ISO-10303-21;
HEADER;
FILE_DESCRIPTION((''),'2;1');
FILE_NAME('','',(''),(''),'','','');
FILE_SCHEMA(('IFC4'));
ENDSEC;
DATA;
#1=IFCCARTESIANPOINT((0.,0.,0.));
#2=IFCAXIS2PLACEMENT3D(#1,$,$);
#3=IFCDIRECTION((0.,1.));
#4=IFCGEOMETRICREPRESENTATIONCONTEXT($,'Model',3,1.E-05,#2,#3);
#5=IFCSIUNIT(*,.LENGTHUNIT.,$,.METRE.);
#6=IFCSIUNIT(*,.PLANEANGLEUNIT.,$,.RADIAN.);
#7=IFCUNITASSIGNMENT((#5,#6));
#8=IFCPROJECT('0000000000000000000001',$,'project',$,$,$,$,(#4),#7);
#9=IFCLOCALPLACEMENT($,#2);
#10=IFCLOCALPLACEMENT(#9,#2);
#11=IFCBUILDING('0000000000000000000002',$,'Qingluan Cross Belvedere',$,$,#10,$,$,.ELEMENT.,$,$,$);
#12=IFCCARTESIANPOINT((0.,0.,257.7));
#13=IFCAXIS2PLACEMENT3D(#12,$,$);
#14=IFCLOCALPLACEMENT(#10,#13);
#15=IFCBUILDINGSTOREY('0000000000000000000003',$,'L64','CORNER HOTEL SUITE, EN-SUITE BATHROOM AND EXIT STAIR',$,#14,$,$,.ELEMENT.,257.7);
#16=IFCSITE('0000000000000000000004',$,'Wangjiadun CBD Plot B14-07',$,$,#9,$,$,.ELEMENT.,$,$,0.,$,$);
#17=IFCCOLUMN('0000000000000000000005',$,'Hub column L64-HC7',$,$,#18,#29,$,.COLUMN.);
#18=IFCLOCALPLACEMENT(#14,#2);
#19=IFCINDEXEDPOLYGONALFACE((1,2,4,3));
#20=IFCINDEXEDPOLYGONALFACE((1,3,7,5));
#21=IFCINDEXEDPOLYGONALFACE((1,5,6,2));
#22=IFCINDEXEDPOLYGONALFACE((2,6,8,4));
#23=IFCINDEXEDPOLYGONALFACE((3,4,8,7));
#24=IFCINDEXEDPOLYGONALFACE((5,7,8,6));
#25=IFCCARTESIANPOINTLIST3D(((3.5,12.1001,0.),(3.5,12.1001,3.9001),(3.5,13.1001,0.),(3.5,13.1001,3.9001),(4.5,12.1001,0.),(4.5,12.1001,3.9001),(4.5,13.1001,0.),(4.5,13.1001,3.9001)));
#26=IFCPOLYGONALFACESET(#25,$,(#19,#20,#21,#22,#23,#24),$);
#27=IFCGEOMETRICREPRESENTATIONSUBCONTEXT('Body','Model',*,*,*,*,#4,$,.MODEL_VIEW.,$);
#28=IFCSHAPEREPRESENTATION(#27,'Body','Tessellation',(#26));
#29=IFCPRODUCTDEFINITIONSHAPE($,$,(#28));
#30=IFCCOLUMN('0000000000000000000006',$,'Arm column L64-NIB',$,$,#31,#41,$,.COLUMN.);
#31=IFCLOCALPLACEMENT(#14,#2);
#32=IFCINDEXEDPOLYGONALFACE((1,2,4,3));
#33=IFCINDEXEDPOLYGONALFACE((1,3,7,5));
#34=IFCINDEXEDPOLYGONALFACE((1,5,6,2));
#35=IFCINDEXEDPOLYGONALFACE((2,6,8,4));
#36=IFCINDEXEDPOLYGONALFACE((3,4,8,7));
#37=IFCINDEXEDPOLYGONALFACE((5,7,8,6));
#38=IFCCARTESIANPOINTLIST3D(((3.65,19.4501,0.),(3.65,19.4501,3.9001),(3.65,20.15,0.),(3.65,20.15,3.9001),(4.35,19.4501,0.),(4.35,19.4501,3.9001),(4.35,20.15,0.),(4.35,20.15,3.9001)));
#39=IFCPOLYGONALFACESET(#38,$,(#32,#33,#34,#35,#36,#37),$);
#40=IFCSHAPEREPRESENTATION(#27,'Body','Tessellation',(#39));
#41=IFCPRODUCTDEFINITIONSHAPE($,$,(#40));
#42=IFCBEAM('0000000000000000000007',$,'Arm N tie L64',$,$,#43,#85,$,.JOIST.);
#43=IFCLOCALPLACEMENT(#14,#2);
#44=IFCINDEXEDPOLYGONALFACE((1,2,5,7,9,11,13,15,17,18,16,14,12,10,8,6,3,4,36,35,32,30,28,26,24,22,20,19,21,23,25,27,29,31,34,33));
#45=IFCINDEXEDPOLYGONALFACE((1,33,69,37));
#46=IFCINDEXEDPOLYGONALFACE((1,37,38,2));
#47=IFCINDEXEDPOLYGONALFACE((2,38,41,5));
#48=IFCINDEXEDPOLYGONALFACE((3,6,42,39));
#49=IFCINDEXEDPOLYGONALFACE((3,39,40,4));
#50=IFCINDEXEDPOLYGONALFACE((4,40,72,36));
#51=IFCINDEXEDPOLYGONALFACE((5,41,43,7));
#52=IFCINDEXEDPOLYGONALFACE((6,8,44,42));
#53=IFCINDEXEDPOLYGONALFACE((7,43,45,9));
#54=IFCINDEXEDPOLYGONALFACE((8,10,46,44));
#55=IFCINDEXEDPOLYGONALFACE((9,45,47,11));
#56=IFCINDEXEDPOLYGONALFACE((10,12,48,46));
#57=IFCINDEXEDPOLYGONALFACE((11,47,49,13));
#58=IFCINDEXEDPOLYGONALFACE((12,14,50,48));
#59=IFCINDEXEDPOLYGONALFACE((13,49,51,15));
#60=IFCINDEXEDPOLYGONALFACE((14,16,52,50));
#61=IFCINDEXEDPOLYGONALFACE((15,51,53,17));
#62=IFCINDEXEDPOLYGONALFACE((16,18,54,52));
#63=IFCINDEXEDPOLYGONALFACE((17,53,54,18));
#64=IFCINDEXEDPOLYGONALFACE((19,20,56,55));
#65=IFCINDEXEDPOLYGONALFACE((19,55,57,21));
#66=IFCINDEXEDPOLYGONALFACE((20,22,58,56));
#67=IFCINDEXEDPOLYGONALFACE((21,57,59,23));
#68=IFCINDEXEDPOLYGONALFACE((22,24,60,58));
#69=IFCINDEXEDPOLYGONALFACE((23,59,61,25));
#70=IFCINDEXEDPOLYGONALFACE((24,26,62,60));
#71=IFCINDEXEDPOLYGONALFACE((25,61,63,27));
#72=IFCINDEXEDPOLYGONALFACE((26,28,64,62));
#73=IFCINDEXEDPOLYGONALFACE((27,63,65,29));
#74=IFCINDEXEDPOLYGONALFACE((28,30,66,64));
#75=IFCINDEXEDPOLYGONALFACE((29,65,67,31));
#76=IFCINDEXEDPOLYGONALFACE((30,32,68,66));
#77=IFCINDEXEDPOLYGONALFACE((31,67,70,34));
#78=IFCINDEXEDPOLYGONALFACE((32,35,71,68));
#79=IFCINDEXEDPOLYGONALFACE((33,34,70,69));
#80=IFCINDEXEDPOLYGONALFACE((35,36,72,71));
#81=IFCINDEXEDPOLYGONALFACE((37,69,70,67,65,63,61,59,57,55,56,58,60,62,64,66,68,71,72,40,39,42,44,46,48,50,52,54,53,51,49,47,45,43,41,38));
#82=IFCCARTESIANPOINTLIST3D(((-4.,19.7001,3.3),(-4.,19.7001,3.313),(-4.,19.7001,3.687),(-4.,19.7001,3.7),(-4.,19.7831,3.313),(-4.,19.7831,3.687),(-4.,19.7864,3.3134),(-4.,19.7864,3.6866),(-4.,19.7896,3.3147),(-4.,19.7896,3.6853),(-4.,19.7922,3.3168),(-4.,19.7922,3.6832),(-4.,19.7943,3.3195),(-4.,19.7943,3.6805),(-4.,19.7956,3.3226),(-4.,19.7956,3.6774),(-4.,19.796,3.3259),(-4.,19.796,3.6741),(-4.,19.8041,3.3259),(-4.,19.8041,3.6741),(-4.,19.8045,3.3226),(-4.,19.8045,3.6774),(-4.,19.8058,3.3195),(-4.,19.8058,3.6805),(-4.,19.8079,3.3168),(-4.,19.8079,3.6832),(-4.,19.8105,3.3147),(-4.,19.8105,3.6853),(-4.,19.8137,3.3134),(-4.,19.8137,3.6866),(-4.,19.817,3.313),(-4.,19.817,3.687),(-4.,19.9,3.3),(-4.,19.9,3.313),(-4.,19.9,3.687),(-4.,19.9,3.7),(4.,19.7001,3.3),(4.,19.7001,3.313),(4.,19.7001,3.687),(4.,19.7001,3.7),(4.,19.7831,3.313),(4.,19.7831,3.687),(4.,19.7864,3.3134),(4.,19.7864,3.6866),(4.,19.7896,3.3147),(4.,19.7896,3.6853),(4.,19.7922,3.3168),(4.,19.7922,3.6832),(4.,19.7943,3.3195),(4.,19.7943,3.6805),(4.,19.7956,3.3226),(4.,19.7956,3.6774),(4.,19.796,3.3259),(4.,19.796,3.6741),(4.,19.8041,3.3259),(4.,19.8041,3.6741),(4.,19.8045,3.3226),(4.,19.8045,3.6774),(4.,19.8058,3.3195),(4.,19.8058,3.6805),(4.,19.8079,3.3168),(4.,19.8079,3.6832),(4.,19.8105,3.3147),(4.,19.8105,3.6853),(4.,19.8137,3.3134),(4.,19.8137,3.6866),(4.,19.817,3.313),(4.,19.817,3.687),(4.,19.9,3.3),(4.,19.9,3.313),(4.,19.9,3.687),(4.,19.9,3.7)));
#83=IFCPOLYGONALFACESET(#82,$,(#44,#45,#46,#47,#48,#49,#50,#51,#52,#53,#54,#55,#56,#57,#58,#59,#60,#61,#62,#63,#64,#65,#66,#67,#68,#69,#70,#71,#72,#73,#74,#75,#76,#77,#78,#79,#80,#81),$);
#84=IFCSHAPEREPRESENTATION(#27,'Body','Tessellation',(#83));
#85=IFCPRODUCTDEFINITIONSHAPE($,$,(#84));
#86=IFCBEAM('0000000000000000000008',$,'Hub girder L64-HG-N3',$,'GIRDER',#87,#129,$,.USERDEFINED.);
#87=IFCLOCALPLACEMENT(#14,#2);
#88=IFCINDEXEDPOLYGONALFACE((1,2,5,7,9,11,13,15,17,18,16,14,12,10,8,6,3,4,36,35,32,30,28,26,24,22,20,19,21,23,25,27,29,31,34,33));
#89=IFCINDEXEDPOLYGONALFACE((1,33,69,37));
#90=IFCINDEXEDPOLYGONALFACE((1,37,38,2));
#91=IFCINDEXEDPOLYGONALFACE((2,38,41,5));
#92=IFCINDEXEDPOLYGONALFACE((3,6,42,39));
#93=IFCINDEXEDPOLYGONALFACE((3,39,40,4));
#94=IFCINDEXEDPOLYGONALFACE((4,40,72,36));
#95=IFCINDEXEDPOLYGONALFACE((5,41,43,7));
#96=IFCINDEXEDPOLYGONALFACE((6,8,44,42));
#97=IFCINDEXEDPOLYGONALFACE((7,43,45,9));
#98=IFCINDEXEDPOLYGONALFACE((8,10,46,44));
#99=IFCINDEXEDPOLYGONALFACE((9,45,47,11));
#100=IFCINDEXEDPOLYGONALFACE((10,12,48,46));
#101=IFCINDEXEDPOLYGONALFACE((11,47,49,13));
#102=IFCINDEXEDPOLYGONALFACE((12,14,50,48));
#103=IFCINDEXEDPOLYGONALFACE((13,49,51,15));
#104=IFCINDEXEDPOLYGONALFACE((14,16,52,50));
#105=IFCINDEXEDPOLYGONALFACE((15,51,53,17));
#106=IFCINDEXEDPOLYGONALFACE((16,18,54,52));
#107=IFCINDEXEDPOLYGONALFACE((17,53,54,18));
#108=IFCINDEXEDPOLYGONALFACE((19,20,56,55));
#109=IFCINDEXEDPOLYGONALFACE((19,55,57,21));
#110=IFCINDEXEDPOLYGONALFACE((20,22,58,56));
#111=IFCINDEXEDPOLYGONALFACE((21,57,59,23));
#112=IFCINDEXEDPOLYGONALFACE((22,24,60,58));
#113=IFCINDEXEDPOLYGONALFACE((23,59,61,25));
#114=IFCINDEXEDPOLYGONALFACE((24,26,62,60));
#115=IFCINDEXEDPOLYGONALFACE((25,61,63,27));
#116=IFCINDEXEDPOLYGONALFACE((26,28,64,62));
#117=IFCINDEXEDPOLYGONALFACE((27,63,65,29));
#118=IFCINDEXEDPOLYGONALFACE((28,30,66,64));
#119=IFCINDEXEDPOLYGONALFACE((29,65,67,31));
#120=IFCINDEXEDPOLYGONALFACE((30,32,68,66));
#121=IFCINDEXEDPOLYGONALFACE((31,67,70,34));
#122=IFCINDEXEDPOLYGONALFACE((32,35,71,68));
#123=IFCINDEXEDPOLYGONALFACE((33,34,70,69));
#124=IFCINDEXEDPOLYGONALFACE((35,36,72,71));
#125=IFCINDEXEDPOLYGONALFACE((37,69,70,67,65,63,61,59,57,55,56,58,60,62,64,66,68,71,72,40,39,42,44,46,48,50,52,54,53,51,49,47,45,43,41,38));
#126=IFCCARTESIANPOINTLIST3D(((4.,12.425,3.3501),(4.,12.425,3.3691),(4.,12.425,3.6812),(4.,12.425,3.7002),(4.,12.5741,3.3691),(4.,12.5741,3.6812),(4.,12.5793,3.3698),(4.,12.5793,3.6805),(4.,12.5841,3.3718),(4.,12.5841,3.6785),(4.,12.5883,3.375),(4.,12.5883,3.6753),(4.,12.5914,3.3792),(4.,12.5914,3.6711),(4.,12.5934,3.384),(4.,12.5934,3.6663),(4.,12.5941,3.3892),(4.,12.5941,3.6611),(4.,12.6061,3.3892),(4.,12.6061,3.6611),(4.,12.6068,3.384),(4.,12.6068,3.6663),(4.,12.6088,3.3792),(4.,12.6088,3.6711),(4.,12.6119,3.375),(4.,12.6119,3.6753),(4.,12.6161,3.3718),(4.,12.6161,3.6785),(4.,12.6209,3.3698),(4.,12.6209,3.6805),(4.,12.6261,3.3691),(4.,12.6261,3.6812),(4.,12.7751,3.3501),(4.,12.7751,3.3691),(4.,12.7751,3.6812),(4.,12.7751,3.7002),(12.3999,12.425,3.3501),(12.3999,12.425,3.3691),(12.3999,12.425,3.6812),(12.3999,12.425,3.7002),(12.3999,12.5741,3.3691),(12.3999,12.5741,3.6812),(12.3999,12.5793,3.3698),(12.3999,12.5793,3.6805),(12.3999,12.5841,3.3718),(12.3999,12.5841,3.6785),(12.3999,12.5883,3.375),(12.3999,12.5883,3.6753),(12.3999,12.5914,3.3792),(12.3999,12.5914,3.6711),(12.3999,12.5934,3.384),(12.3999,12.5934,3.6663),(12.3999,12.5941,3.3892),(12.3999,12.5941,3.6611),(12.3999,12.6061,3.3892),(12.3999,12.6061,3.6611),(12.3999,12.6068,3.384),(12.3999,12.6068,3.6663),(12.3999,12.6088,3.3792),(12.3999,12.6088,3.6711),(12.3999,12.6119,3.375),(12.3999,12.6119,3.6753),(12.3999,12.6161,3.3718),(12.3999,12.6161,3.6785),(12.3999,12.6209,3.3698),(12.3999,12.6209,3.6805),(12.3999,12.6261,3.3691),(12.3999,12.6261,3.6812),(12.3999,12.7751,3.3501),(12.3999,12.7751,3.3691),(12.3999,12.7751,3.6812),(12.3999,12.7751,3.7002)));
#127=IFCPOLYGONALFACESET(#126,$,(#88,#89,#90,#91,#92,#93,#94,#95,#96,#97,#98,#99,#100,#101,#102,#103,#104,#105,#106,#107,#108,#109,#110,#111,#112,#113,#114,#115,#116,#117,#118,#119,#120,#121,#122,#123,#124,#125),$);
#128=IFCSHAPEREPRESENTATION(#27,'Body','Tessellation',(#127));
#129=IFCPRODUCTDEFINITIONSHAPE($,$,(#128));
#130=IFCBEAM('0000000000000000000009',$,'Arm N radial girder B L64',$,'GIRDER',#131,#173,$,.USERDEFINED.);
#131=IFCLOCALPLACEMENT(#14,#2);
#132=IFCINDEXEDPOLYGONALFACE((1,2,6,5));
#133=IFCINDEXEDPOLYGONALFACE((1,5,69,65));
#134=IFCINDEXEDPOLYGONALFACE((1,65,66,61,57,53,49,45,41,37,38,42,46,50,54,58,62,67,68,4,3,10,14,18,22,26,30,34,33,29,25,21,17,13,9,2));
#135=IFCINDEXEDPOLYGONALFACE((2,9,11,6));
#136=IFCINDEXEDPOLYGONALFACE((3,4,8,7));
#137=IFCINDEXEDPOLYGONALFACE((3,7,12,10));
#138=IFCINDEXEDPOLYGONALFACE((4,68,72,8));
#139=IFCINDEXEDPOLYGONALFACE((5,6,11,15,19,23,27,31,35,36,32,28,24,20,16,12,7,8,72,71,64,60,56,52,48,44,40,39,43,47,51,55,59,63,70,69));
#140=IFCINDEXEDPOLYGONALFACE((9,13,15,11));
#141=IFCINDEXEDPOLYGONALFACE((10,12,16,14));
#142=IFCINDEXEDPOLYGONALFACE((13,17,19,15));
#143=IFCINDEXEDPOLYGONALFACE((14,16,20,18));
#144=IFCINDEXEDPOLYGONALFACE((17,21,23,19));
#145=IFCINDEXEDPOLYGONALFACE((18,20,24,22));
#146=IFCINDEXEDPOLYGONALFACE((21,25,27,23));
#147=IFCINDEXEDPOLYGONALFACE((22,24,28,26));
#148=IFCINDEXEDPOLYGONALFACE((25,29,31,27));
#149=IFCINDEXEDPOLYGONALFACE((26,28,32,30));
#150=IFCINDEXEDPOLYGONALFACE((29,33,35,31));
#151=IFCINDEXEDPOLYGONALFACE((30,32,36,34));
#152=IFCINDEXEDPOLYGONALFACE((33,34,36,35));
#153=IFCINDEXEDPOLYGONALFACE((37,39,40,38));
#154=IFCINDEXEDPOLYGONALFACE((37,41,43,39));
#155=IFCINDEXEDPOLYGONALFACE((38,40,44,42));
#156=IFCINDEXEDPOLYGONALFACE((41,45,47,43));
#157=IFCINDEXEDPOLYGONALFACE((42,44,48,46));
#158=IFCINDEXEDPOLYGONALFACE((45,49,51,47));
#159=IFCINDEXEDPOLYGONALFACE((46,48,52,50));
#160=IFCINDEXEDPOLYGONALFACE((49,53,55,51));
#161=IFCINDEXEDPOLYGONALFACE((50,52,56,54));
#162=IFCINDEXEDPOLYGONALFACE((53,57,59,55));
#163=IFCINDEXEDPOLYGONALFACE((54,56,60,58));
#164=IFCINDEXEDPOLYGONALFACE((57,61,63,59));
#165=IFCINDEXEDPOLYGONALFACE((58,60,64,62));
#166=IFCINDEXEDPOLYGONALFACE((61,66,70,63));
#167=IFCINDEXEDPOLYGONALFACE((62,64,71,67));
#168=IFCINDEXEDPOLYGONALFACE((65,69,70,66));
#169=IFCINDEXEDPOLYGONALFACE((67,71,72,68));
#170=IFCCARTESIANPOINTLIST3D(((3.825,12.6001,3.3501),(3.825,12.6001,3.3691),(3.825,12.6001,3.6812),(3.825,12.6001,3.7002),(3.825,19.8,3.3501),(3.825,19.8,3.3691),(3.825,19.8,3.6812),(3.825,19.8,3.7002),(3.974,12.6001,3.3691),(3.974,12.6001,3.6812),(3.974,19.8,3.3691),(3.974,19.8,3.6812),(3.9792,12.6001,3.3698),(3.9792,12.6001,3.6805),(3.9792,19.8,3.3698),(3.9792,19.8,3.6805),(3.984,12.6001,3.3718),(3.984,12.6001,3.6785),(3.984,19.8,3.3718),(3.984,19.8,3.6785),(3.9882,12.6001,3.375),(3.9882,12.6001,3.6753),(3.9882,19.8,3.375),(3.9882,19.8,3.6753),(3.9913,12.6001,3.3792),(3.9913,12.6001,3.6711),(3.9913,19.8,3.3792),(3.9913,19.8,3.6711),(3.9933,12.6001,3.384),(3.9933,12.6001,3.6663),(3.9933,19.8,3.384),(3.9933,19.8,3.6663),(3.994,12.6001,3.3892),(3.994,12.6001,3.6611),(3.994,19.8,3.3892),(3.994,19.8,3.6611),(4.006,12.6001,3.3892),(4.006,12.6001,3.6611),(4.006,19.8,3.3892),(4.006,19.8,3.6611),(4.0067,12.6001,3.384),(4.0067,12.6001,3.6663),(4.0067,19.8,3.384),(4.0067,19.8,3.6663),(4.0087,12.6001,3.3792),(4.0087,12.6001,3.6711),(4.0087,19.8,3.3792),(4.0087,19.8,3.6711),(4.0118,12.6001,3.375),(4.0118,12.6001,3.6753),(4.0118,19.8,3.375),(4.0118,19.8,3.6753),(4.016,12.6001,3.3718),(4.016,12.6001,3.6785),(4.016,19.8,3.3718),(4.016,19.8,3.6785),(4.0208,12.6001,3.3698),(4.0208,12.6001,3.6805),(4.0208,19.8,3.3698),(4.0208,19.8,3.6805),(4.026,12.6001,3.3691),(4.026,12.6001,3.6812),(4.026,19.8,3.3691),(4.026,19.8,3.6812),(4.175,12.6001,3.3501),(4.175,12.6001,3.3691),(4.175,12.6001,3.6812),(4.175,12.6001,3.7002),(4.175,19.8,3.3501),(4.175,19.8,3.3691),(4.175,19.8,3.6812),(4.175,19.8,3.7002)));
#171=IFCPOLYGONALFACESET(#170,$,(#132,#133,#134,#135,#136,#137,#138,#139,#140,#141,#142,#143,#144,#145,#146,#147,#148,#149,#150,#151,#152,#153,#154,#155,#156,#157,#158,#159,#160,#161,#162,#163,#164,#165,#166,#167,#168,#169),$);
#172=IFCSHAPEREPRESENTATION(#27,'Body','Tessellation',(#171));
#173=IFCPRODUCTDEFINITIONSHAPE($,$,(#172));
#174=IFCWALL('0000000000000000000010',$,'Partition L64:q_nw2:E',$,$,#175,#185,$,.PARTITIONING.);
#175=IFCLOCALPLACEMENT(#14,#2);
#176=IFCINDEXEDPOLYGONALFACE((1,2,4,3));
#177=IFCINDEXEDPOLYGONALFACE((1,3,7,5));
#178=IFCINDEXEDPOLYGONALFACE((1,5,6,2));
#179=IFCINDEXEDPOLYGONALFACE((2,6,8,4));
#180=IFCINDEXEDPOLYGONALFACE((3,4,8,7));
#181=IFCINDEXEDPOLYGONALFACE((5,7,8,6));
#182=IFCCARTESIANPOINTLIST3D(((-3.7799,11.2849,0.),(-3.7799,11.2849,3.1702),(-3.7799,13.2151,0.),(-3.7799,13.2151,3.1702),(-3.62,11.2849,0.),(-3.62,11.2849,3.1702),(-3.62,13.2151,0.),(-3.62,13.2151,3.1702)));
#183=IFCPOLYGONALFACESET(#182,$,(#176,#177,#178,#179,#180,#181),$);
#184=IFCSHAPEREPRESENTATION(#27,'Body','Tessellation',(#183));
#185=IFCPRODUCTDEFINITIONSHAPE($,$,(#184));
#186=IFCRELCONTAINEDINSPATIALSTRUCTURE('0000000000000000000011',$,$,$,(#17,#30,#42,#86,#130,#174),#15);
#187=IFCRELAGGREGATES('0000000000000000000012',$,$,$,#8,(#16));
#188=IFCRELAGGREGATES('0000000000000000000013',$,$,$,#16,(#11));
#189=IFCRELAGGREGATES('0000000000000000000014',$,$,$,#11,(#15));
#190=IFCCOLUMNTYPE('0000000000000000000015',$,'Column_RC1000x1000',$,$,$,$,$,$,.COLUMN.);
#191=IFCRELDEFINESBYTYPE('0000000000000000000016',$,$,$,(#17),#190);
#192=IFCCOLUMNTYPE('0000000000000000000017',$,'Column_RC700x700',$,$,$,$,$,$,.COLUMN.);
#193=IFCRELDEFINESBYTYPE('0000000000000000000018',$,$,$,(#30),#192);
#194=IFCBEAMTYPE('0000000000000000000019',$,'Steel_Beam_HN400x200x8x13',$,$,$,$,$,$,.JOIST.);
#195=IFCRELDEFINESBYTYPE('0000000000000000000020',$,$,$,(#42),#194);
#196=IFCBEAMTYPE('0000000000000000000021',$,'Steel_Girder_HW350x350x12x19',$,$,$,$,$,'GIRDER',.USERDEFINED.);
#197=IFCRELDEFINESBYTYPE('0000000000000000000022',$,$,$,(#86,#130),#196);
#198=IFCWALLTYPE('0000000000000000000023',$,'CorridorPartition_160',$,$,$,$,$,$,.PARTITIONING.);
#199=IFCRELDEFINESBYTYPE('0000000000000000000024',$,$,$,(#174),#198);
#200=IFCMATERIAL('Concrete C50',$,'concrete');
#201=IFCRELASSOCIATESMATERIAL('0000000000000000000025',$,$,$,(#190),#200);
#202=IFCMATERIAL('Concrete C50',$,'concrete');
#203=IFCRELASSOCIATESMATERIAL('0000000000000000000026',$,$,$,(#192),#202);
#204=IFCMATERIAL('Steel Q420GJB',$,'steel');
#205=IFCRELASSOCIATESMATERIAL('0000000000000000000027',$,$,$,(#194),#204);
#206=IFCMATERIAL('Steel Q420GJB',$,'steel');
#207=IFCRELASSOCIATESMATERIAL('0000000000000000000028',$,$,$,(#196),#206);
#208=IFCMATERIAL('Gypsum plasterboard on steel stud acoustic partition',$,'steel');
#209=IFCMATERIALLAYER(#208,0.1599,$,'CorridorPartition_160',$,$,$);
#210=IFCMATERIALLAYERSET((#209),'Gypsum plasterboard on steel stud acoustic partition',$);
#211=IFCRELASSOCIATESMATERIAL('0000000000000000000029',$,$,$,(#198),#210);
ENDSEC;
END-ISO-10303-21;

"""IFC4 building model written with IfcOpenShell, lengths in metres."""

from ifc_helpers import new_model, si_unit, direction, frame, frame_2d, origin, origin_2d, place, context, subcontext, project, spatial, rectangle, i_section, extrude, material, layer, layer_set, material_profile, profile_set, type_object, element, save


model = new_model("IFC4")

# Units and contexts
model_context = context("Model", 3, precision=1e-05, world=origin(), true_north=direction((0.0, 1.0)))
body_context = subcontext(model_context, "Body", "Model", "MODEL_VIEW")
ifc_project = project(units=[si_unit("LENGTHUNIT", "METRE"), si_unit("PLANEANGLEUNIT", "RADIAN")], contexts=[model_context])

# Site, building, storey
site_placement = place(None, origin())
site = spatial("IfcSite", under=ifc_project, at=site_placement, Name="Wangjiadun CBD Plot B14-07", CompositionType="ELEMENT", RefElevation=0.0)
building_placement = place(site_placement, origin())
building = spatial("IfcBuilding", under=site, at=building_placement, Name="Qingluan Cross Belvedere", CompositionType="ELEMENT")
storey_placement = place(building_placement, frame((0.0, 0.0, 257.7)))
storey = spatial("IfcBuildingStorey", under=building, at=storey_placement, Name="L64", Description="CORNER HOTEL SUITE, EN-SUITE BATHROOM AND EXIT STAIR", CompositionType="ELEMENT", Elevation=257.7)

# Columns
ifc_material_1 = material(Name="Concrete C50", Category="concrete")
ifc_material_profile_1 = material_profile(ifc_material_1, rectangle(XDim=1.0, YDim=1.0, at=origin_2d()), Name="RC1000x1000")
ifc_profile_set_1 = profile_set([ifc_material_profile_1], Name="Concrete C50")
column_type_1 = type_object("IfcColumnType", Name="Column_RC1000x1000", PredefinedType="COLUMN", material=ifc_profile_set_1)
column_1_placement = place(storey_placement, frame((4.0, 12.6001, 0.0), z_axis=(0.0, 0.0, 1.0), x_axis=(1.0, 0.0, 0.0)))
element("IfcColumn", 1, at=column_1_placement, inside=storey, type_object=column_type_1, Name="Hub column L64-HC7", PredefinedType="COLUMN", context=body_context, shape_type="SweptSolid", body=[
    extrude(rectangle(XDim=1.0, YDim=1.0, at=origin_2d()), origin(), (0.0, 0.0, 1.0), 3.9001),
])
ifc_material_2 = material(Name="Concrete C50", Category="concrete")
ifc_material_profile_2 = material_profile(ifc_material_2, rectangle(XDim=0.7, YDim=0.7, at=origin_2d()), Name="RC700x700")
ifc_profile_set_2 = profile_set([ifc_material_profile_2], Name="Concrete C50")
column_type_2 = type_object("IfcColumnType", Name="Column_RC700x700", PredefinedType="COLUMN", material=ifc_profile_set_2)
column_2_placement = place(storey_placement, frame((4.0, 19.8, 0.0), z_axis=(0.0, 0.0, 1.0), x_axis=(1.0, 0.0, 0.0)))
element("IfcColumn", 2, at=column_2_placement, inside=storey, type_object=column_type_2, Name="Arm column L64-NIB", PredefinedType="COLUMN", context=body_context, shape_type="SweptSolid", body=[
    extrude(rectangle(XDim=0.7, YDim=0.7, at=origin_2d()), origin(), (0.0, 0.0, 1.0), 3.9001),
])

# Beams
ifc_material_3 = material(Name="Steel Q420GJB", Category="steel")
ifc_material_profile_3 = material_profile(ifc_material_3, i_section(OverallWidth=0.2, OverallDepth=0.3999, WebThickness=0.0081, FlangeThickness=0.0129, FilletRadius=0.0129, at=origin_2d()), Name="HN400x200x8x13")
ifc_profile_set_3 = profile_set([ifc_material_profile_3], Name="Steel Q420GJB")
beam_type_1 = type_object("IfcBeamType", Name="Steel_Beam_HN400x200x8x13", PredefinedType="JOIST", material=ifc_profile_set_3)
beam_1_placement = place(storey_placement, frame((-4.0, 19.8, 3.5), z_axis=(1.0, 0.0, 0.0), x_axis=(0.0, 1.0, 0.0)))
element("IfcBeam", 3, at=beam_1_placement, inside=storey, type_object=beam_type_1, Name="Arm N tie L64", PredefinedType="JOIST", context=body_context, shape_type="SweptSolid", body=[
    extrude(i_section(OverallWidth=0.2, OverallDepth=0.3999, WebThickness=0.0081, FlangeThickness=0.0129, FilletRadius=0.0129, at=origin_2d()), origin(), (0.0, 0.0, 1.0), 8.0),
])
ifc_material_4 = material(Name="Steel Q420GJB", Category="steel")
ifc_material_profile_4 = material_profile(ifc_material_4, i_section(OverallWidth=0.3501, OverallDepth=0.3501, WebThickness=0.012, FlangeThickness=0.019, FilletRadius=0.02, at=origin_2d()), Name="HW350x350x12x19")
ifc_profile_set_4 = profile_set([ifc_material_profile_4], Name="Steel Q420GJB")
beam_type_2 = type_object("IfcBeamType", Name="Steel_Girder_HW350x350x12x19", ElementType="GIRDER", PredefinedType="USERDEFINED", material=ifc_profile_set_4)
beam_2_placement = place(storey_placement, frame((4.0, 12.6001, 3.5251), z_axis=(1.0, 0.0, 0.0), x_axis=(0.0, 1.0, 0.0)))
element("IfcBeam", 4, at=beam_2_placement, inside=storey, type_object=beam_type_2, Name="Hub girder L64-HG-N3", ObjectType="GIRDER", PredefinedType="USERDEFINED", context=body_context, shape_type="SweptSolid", body=[
    extrude(i_section(OverallWidth=0.3501, OverallDepth=0.3501, WebThickness=0.012, FlangeThickness=0.019, FilletRadius=0.02, at=origin_2d()), origin(), (0.0, 0.0, 1.0), 8.3999),
])
beam_3_placement = place(storey_placement, frame((4.0, 12.6001, 3.5251), z_axis=(0.0, 1.0, 0.0), x_axis=(-1.0, 0.0, 0.0)))
element("IfcBeam", 5, at=beam_3_placement, inside=storey, type_object=beam_type_2, Name="Arm N radial girder B L64", ObjectType="GIRDER", PredefinedType="USERDEFINED", context=body_context, shape_type="SweptSolid", body=[
    extrude(i_section(OverallWidth=0.3501, OverallDepth=0.3501, WebThickness=0.012, FlangeThickness=0.019, FilletRadius=0.02, at=origin_2d()), origin(), (0.0, 0.0, 1.0), 7.2),
])

# Wall
ifc_material_5 = material(Name="Gypsum plasterboard on steel stud acoustic partition", Category="steel")
ifc_layer_1 = layer(ifc_material_5, 0.1599, Name="CorridorPartition_160")
ifc_layer_set_1 = layer_set([ifc_layer_1], Name="Gypsum plasterboard on steel stud acoustic partition")
wall_type_1 = type_object("IfcWallType", Name="CorridorPartition_160", PredefinedType="PARTITIONING", material=ifc_layer_set_1)
wall_1_placement = place(storey_placement, frame((-3.7, 11.2849, 0.0), z_axis=(0.0, 0.0, 1.0), x_axis=(0.0, 1.0, 0.0)))
element("IfcWall", 6, at=wall_1_placement, inside=storey, type_object=wall_type_1, Name="Partition L64:q_nw2:E", PredefinedType="PARTITIONING", context=body_context, shape_type="SweptSolid", body=[
    extrude(rectangle(XDim=1.9302, YDim=0.1599, at=frame_2d((0.9651, 0.0))), origin(), (0.0, 0.0, 1.0), 3.1702),
])

save(model, "model.ifc")
